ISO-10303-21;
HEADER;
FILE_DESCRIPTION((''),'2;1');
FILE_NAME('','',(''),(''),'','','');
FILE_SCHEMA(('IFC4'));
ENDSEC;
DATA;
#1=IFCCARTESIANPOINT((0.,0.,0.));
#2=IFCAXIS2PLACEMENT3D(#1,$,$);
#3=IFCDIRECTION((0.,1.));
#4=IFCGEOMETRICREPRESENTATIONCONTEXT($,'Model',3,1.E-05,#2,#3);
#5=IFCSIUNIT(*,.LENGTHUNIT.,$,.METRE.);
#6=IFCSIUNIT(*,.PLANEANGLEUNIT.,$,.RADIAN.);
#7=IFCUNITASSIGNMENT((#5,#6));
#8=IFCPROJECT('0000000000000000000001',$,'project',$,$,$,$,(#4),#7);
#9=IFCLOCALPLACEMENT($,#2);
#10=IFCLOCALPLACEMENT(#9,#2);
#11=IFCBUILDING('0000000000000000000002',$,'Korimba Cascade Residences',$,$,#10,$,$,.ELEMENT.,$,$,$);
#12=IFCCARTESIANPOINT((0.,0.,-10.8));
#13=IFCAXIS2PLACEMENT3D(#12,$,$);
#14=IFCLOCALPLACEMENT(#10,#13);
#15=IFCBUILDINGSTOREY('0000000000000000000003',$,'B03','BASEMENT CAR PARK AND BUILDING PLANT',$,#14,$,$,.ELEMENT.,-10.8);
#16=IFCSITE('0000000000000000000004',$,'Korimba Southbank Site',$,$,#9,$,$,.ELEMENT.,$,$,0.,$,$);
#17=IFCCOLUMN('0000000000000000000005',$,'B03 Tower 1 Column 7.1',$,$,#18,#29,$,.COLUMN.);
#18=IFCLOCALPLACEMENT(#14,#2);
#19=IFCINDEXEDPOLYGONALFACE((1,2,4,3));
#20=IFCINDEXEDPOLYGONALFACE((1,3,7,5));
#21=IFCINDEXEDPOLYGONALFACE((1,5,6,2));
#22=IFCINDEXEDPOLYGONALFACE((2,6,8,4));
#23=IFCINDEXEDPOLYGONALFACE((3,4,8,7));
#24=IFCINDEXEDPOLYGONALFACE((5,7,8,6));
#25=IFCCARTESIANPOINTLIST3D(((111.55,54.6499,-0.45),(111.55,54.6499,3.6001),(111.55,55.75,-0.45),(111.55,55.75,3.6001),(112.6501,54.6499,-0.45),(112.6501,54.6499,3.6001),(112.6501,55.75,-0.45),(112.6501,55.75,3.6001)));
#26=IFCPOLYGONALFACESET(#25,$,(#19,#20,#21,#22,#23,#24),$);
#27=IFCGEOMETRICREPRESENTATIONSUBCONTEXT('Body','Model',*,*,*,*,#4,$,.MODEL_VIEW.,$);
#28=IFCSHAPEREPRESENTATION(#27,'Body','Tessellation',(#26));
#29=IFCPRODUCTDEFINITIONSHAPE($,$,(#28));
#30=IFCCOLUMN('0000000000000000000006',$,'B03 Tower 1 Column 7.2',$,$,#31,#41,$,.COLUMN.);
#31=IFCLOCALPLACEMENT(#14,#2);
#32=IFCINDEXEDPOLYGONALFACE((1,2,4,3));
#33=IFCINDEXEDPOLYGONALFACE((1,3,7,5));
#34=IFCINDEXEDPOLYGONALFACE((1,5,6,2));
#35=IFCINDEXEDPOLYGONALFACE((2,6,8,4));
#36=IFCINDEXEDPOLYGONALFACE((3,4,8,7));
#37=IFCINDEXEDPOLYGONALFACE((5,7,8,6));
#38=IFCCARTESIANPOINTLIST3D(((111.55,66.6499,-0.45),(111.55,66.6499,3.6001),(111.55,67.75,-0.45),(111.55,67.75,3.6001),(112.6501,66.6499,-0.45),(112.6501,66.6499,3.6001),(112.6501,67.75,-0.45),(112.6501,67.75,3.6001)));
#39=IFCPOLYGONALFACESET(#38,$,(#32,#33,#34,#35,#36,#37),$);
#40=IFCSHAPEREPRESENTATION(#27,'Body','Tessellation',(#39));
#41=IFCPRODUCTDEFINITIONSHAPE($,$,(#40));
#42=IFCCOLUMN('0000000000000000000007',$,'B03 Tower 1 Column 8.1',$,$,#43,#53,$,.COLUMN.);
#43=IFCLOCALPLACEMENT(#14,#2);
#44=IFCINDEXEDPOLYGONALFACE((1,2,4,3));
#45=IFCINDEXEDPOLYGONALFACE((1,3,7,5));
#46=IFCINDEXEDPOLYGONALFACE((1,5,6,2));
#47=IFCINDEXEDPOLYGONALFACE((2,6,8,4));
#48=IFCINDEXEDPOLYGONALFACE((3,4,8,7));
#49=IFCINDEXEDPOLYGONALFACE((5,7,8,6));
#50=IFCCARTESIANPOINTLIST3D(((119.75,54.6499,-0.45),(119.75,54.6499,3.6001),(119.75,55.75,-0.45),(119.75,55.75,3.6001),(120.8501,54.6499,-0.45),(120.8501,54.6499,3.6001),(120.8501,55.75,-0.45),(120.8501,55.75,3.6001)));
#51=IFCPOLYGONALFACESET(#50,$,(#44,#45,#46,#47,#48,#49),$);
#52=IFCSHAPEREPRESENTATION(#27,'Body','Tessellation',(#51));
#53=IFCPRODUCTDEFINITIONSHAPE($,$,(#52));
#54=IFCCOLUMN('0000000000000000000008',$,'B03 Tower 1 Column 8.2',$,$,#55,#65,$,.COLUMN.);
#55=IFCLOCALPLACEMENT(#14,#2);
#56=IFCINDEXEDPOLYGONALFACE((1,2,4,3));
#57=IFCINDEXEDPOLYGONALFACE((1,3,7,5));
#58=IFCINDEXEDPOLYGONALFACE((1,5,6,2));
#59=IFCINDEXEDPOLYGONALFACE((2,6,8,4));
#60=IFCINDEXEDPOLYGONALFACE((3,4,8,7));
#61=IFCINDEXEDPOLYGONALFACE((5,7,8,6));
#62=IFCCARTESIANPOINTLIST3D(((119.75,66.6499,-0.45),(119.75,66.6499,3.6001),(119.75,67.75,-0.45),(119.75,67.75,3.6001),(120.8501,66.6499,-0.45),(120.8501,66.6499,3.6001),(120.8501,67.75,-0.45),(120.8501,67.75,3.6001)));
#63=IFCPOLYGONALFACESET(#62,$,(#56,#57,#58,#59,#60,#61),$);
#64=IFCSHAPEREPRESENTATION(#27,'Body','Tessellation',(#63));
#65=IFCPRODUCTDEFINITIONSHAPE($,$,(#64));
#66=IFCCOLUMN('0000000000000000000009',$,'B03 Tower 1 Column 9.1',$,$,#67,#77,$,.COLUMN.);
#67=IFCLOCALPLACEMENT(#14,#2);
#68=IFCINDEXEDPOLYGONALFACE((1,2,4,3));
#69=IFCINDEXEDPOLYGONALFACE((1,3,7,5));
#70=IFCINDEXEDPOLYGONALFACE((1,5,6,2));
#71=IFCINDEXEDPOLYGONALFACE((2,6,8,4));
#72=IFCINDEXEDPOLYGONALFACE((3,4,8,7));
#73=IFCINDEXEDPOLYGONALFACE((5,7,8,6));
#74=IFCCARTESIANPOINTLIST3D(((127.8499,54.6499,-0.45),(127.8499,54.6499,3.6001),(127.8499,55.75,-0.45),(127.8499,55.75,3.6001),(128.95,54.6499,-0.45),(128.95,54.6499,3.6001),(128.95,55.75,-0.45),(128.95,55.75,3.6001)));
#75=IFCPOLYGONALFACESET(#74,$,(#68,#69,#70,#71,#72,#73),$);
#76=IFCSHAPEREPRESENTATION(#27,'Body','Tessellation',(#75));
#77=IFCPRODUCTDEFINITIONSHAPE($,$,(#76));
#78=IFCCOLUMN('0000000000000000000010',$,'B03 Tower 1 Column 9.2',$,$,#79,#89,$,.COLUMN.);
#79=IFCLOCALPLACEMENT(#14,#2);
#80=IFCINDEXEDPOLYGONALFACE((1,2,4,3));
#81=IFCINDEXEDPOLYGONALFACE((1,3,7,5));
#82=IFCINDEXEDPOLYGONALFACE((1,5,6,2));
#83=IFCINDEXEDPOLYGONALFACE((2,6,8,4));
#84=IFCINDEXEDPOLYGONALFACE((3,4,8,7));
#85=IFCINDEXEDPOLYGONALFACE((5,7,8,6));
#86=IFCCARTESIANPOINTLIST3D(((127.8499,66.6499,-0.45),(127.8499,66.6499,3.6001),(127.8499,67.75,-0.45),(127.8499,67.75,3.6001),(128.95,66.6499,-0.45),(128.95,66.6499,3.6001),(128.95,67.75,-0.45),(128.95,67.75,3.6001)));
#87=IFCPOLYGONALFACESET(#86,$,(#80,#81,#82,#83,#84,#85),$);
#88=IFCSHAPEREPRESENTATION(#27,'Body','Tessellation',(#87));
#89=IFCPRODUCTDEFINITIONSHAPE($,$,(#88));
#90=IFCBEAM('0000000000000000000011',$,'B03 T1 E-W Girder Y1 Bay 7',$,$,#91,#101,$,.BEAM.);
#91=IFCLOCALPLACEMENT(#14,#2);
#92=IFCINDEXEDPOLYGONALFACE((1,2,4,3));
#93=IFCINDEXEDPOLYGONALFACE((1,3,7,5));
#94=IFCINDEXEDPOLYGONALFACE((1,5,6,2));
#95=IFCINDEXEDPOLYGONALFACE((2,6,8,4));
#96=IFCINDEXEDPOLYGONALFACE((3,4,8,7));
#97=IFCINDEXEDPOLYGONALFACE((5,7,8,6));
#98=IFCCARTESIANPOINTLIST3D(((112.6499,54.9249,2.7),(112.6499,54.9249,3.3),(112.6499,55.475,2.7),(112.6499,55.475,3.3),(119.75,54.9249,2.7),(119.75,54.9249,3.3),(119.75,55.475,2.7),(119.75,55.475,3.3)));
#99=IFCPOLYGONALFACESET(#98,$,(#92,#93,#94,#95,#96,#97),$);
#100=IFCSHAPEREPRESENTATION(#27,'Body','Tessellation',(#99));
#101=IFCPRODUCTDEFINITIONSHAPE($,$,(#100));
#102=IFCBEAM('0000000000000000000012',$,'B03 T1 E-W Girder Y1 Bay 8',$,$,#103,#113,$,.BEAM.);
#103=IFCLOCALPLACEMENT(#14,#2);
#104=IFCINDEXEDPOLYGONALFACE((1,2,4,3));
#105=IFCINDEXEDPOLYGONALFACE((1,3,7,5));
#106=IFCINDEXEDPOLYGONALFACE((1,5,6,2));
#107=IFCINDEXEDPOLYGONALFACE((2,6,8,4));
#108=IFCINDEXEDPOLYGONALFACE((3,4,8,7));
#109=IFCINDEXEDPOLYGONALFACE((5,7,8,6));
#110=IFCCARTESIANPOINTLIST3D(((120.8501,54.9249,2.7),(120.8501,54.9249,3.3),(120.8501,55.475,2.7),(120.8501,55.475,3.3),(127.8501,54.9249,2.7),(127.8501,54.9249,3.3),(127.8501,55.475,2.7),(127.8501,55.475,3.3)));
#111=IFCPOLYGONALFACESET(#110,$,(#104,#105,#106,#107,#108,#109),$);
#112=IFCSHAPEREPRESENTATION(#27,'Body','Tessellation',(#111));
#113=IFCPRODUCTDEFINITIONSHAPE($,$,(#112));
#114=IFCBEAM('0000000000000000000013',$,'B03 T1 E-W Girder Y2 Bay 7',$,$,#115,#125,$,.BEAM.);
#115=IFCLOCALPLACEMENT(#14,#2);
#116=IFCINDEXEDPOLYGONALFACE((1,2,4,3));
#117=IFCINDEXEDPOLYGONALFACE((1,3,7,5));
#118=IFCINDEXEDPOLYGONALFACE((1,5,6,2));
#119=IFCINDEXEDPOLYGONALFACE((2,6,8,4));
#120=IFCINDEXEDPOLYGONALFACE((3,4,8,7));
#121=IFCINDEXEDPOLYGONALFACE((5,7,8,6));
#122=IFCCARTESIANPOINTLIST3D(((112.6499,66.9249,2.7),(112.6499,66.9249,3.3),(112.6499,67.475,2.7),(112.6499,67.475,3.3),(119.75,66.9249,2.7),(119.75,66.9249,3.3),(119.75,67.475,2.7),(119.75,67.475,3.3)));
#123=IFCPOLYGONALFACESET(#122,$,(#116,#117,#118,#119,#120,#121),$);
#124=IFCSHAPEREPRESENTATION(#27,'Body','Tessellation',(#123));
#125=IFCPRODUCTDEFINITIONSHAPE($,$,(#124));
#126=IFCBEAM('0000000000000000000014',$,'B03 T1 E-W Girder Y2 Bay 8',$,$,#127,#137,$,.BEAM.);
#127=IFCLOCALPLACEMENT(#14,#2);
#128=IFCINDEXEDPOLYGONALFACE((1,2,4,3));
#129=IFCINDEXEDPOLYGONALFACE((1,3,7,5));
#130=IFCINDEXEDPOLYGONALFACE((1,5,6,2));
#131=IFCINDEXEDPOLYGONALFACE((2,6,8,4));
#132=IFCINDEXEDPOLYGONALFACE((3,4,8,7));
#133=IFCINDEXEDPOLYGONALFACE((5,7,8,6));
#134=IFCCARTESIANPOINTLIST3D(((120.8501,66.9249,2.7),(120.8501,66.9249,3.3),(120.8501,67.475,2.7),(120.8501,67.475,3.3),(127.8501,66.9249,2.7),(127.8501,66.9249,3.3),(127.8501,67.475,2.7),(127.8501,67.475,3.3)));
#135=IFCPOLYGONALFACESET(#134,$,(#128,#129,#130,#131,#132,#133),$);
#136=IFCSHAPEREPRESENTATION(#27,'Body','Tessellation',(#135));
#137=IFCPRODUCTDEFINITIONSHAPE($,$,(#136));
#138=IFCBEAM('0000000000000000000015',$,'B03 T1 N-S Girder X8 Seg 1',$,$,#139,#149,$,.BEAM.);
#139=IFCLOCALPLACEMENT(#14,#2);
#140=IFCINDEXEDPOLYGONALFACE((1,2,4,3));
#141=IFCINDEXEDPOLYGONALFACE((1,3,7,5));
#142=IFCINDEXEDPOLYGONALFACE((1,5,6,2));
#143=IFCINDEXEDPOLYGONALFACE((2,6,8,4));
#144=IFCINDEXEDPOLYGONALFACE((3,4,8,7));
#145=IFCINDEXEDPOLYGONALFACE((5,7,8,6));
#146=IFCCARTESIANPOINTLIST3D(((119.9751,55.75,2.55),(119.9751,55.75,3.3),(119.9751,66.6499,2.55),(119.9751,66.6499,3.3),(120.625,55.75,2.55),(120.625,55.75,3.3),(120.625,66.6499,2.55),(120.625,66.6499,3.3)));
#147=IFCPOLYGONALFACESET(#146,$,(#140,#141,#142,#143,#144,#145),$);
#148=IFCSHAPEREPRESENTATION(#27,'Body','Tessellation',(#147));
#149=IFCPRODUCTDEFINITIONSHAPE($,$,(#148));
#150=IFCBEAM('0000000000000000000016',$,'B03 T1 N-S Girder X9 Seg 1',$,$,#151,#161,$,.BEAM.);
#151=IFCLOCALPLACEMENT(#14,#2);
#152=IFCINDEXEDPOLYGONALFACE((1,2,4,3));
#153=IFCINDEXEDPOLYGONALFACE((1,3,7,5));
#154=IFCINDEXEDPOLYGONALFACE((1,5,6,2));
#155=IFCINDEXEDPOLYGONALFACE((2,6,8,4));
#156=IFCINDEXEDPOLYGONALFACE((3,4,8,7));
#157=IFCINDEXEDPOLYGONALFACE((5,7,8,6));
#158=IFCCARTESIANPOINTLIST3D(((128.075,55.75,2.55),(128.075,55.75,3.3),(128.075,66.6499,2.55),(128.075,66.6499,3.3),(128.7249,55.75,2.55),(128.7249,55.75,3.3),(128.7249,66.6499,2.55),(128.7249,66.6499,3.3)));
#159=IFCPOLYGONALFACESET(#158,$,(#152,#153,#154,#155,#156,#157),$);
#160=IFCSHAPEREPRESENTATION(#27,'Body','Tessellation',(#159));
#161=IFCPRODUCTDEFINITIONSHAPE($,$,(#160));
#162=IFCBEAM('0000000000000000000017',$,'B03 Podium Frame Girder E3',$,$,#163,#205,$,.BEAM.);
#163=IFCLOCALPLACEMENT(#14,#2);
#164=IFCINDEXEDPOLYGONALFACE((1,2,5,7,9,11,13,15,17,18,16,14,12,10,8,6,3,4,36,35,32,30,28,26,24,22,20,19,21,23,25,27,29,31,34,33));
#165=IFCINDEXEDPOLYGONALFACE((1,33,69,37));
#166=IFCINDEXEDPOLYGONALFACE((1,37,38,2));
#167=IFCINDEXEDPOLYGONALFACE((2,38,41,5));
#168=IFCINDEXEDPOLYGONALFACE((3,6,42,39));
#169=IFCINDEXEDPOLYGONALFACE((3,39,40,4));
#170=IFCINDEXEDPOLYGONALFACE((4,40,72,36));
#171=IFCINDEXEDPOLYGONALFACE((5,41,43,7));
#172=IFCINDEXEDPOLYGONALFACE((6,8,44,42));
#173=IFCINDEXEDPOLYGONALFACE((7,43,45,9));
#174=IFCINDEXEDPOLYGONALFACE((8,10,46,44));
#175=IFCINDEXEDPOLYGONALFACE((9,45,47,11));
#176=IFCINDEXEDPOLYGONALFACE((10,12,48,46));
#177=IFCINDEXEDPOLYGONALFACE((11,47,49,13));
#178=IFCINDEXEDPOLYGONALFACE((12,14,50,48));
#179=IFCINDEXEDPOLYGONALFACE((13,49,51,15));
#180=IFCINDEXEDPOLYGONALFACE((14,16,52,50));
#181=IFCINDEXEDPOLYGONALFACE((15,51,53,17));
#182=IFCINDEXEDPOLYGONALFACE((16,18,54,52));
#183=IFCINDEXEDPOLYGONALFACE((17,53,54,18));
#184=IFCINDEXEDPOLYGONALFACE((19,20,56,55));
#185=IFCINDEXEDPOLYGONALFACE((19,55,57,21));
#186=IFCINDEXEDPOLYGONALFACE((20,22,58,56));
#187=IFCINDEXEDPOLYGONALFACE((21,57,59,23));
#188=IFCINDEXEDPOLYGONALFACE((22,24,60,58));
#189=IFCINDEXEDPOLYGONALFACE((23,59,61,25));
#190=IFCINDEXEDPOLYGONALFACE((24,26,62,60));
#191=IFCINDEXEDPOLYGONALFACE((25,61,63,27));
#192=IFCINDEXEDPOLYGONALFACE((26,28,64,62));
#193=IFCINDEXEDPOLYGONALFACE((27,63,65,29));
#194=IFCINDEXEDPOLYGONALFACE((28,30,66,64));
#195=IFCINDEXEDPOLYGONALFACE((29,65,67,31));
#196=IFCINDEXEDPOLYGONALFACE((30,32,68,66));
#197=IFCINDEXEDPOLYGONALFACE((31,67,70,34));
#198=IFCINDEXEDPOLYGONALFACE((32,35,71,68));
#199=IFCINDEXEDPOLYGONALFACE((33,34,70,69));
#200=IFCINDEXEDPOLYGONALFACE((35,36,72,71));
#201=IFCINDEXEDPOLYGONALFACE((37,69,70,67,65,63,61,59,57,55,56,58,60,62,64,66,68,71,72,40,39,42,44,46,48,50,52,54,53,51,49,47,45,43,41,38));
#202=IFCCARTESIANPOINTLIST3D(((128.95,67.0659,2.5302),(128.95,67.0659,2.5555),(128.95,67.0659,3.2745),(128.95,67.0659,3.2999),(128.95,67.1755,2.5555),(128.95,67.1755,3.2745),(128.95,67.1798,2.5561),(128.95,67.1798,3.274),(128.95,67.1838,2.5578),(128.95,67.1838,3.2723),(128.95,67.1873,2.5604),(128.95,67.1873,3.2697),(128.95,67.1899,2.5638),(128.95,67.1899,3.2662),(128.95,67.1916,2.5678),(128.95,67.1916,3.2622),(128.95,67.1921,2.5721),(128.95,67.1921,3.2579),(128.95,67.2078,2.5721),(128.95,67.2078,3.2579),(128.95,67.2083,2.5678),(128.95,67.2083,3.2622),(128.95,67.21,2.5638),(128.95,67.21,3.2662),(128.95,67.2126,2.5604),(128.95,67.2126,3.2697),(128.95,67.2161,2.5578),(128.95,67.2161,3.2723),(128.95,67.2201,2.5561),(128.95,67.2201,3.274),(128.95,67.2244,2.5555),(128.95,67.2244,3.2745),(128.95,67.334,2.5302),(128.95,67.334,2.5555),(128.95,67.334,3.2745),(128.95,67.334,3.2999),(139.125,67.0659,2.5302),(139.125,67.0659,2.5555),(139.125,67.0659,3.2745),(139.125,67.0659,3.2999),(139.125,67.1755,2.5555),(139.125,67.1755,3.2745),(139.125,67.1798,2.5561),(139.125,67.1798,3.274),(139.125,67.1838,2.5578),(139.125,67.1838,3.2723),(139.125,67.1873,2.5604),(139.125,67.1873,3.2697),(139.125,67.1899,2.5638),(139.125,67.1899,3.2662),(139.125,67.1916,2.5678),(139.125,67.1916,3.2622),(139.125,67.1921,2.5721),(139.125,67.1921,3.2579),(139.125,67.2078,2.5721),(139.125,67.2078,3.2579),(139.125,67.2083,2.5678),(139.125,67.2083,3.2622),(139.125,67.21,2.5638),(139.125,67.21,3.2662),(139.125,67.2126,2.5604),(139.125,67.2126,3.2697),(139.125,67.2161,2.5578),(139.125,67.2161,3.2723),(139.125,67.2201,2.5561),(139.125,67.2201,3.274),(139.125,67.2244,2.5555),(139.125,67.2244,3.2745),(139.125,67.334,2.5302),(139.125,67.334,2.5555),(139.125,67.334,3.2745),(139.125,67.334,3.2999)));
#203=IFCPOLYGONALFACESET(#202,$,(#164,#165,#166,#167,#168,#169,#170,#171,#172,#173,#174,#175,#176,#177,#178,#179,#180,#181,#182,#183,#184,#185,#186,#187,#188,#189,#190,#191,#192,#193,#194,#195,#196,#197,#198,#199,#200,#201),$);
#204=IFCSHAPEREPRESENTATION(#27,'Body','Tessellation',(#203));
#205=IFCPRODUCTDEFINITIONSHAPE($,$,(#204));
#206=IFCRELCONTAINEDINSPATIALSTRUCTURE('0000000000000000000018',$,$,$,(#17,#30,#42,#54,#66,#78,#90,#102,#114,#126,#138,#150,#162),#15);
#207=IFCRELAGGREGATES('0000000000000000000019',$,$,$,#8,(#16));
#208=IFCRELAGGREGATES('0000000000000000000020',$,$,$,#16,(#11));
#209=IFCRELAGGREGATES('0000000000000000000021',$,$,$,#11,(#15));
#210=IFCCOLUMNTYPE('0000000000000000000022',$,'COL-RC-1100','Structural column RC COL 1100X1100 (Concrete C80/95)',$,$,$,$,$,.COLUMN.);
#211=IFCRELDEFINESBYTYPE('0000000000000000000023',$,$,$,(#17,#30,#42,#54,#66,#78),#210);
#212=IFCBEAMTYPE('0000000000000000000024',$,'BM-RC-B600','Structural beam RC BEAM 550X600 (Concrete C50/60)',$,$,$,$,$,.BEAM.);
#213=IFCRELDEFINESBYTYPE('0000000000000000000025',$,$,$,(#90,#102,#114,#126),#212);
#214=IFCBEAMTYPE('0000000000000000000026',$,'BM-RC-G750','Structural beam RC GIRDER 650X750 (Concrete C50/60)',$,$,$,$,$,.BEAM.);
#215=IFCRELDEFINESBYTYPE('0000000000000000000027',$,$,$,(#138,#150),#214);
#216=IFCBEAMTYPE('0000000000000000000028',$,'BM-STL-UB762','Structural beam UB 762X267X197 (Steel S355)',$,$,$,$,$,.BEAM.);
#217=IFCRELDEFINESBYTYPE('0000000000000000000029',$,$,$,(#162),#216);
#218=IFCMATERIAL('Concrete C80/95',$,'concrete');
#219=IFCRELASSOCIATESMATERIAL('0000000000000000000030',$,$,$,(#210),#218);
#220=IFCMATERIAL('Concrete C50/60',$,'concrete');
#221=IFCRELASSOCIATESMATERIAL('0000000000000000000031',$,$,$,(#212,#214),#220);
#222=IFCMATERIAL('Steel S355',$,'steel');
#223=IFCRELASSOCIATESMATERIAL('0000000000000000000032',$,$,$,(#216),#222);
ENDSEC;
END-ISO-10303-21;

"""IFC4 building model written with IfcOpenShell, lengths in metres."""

from ifc_helpers import new_model, si_unit, direction, frame, origin, origin_2d, place, context, subcontext, project, spatial, rectangle, i_section, extrude, material, material_profile, profile_set, type_object, element, save


model = new_model("IFC4")

# Units and contexts
model_context = context("Model", 3, precision=1e-05, world=origin(), true_north=direction((0.0, 1.0)))
body_context = subcontext(model_context, "Body", "Model", "MODEL_VIEW")
ifc_project = project(units=[si_unit("LENGTHUNIT", "METRE"), si_unit("PLANEANGLEUNIT", "RADIAN")], contexts=[model_context])

# Site, building, storey
site_placement = place(None, origin())
site = spatial("IfcSite", under=ifc_project, at=site_placement, Name="Korimba Southbank Site", CompositionType="ELEMENT", RefElevation=0.0)
building_placement = place(site_placement, origin())
building = spatial("IfcBuilding", under=site, at=building_placement, Name="Korimba Cascade Residences", CompositionType="ELEMENT")
storey_placement = place(building_placement, frame((0.0, 0.0, -10.8)))
storey = spatial("IfcBuildingStorey", under=building, at=storey_placement, Name="B03", Description="BASEMENT CAR PARK AND BUILDING PLANT", CompositionType="ELEMENT", Elevation=-10.8)

# Shared definitions
ifc_material_1 = material(Name="Concrete C50/60", Category="concrete")

# Columns
ifc_material_2 = material(Name="Concrete C80/95", Category="concrete")
ifc_material_profile_1 = material_profile(ifc_material_2, rectangle(XDim=1.1001, YDim=1.1001, at=origin_2d()), Name="Concrete C80/95")
ifc_profile_set_1 = profile_set([ifc_material_profile_1], Name="Concrete C80/95")
column_type = type_object("IfcColumnType", Name="COL-RC-1100", Description="Structural column RC COL 1100X1100 (Concrete C80/95)", PredefinedType="COLUMN", material=ifc_profile_set_1)
for number, where, z_axis, x_axis, name in (
    (1, (112.1001, 55.2, -0.45), (0.0, 0.0, 1.0), (1.0, 0.0, 0.0), "B03 Tower 1 Column 7.1"),
    (2, (112.1001, 67.2, -0.45), (0.0, 0.0, 1.0), (1.0, 0.0, 0.0), "B03 Tower 1 Column 7.2"),
    (3, (120.3, 55.2, -0.45), (0.0, 0.0, 1.0), (1.0, 0.0, 0.0), "B03 Tower 1 Column 8.1"),
    (4, (120.3, 67.2, -0.45), (0.0, 0.0, 1.0), (1.0, 0.0, 0.0), "B03 Tower 1 Column 8.2"),
    (5, (128.3999, 55.2, -0.45), (0.0, 0.0, 1.0), (1.0, 0.0, 0.0), "B03 Tower 1 Column 9.1"),
    (6, (128.3999, 67.2, -0.45), (0.0, 0.0, 1.0), (1.0, 0.0, 0.0), "B03 Tower 1 Column 9.2"),
):
    element("IfcColumn", number, at=place(storey_placement, frame(where, z_axis=z_axis, x_axis=x_axis)), inside=storey, type_object=column_type, Name=name, PredefinedType="COLUMN", context=body_context, shape_type="SweptSolid", body=[
        extrude(rectangle(XDim=1.1001, YDim=1.1001, at=origin_2d()), origin(), (0.0, 0.0, 1.0), 4.05),
    ])

# Beams
ifc_material_profile_2 = material_profile(ifc_material_1, rectangle(XDim=0.55, YDim=0.6001, at=origin_2d()), Name="Concrete C50/60")
ifc_profile_set_2 = profile_set([ifc_material_profile_2], Name="Concrete C50/60")
beam_type_1 = type_object("IfcBeamType", Name="BM-RC-B600", Description="Structural beam RC BEAM 550X600 (Concrete C50/60)", PredefinedType="BEAM", material=ifc_profile_set_2)
beam_1_placement = place(storey_placement, frame((112.6499, 55.2, 3.0), z_axis=(1.0, 0.0, 0.0), x_axis=(0.0, 1.0, 0.0)))
element("IfcBeam", 7, at=beam_1_placement, inside=storey, type_object=beam_type_1, Name="B03 T1 E-W Girder Y1 Bay 7", PredefinedType="BEAM", context=body_context, shape_type="SweptSolid", body=[
    extrude(rectangle(XDim=0.55, YDim=0.6001, at=origin_2d()), origin(), (0.0, 0.0, 1.0), 7.1001),
])
beam_2_placement = place(storey_placement, frame((120.8501, 55.2, 3.0), z_axis=(1.0, 0.0, 0.0), x_axis=(0.0, 1.0, 0.0)))
element("IfcBeam", 8, at=beam_2_placement, inside=storey, type_object=beam_type_1, Name="B03 T1 E-W Girder Y1 Bay 8", PredefinedType="BEAM", context=body_context, shape_type="SweptSolid", body=[
    extrude(rectangle(XDim=0.55, YDim=0.6001, at=origin_2d()), origin(), (0.0, 0.0, 1.0), 7.0),
])
beam_3_placement = place(storey_placement, frame((112.6499, 67.2, 3.0), z_axis=(1.0, 0.0, 0.0), x_axis=(0.0, 1.0, 0.0)))
element("IfcBeam", 9, at=beam_3_placement, inside=storey, type_object=beam_type_1, Name="B03 T1 E-W Girder Y2 Bay 7", PredefinedType="BEAM", context=body_context, shape_type="SweptSolid", body=[
    extrude(rectangle(XDim=0.55, YDim=0.6001, at=origin_2d()), origin(), (0.0, 0.0, 1.0), 7.1001),
])
beam_4_placement = place(storey_placement, frame((120.8501, 67.2, 3.0), z_axis=(1.0, 0.0, 0.0), x_axis=(0.0, 1.0, 0.0)))
element("IfcBeam", 10, at=beam_4_placement, inside=storey, type_object=beam_type_1, Name="B03 T1 E-W Girder Y2 Bay 8", PredefinedType="BEAM", context=body_context, shape_type="SweptSolid", body=[
    extrude(rectangle(XDim=0.55, YDim=0.6001, at=origin_2d()), origin(), (0.0, 0.0, 1.0), 7.0),
])
ifc_material_profile_3 = material_profile(ifc_material_1, rectangle(XDim=0.6499, YDim=0.75, at=origin_2d()), Name="Concrete C50/60")
ifc_profile_set_3 = profile_set([ifc_material_profile_3], Name="Concrete C50/60")
beam_type_2 = type_object("IfcBeamType", Name="BM-RC-G750", Description="Structural beam RC GIRDER 650X750 (Concrete C50/60)", PredefinedType="BEAM", material=ifc_profile_set_3)
for number, where, z_axis, x_axis, name in (
    (11, (120.3, 55.75, 2.925), (0.0, 1.0, 0.0), (-1.0, 0.0, 0.0), "B03 T1 N-S Girder X8 Seg 1"),
    (12, (128.3999, 55.75, 2.925), (0.0, 1.0, 0.0), (-1.0, 0.0, 0.0), "B03 T1 N-S Girder X9 Seg 1"),
):
    element("IfcBeam", number, at=place(storey_placement, frame(where, z_axis=z_axis, x_axis=x_axis)), inside=storey, type_object=beam_type_2, Name=name, PredefinedType="BEAM", context=body_context, shape_type="SweptSolid", body=[
        extrude(rectangle(XDim=0.6499, YDim=0.75, at=origin_2d()), origin(), (0.0, 0.0, 1.0), 10.8999),
    ])
ifc_material_3 = material(Name="Steel S355", Category="steel")
ifc_material_profile_4 = material_profile(ifc_material_3, i_section(OverallWidth=0.2681, OverallDepth=0.7698, WebThickness=0.0156, FlangeThickness=0.0254, FilletRadius=0.0166, at=origin_2d()), Name="Steel S355")
ifc_profile_set_4 = profile_set([ifc_material_profile_4], Name="Steel S355")
beam_type_3 = type_object("IfcBeamType", Name="BM-STL-UB762", Description="Structural beam UB 762X267X197 (Steel S355)", PredefinedType="BEAM", material=ifc_profile_set_4)
beam_5_placement = place(storey_placement, frame((128.95, 67.2, 2.915), z_axis=(1.0, 0.0, 0.0), x_axis=(0.0, 1.0, 0.0)))
element("IfcBeam", 13, at=beam_5_placement, inside=storey, type_object=beam_type_3, Name="B03 Podium Frame Girder E3", PredefinedType="BEAM", context=body_context, shape_type="SweptSolid", body=[
    extrude(i_section(OverallWidth=0.2681, OverallDepth=0.7698, WebThickness=0.0156, FlangeThickness=0.0254, FilletRadius=0.0166, at=origin_2d()), origin(), (0.0, 0.0, 1.0), 10.175),
])

save(model, "model.ifc")
